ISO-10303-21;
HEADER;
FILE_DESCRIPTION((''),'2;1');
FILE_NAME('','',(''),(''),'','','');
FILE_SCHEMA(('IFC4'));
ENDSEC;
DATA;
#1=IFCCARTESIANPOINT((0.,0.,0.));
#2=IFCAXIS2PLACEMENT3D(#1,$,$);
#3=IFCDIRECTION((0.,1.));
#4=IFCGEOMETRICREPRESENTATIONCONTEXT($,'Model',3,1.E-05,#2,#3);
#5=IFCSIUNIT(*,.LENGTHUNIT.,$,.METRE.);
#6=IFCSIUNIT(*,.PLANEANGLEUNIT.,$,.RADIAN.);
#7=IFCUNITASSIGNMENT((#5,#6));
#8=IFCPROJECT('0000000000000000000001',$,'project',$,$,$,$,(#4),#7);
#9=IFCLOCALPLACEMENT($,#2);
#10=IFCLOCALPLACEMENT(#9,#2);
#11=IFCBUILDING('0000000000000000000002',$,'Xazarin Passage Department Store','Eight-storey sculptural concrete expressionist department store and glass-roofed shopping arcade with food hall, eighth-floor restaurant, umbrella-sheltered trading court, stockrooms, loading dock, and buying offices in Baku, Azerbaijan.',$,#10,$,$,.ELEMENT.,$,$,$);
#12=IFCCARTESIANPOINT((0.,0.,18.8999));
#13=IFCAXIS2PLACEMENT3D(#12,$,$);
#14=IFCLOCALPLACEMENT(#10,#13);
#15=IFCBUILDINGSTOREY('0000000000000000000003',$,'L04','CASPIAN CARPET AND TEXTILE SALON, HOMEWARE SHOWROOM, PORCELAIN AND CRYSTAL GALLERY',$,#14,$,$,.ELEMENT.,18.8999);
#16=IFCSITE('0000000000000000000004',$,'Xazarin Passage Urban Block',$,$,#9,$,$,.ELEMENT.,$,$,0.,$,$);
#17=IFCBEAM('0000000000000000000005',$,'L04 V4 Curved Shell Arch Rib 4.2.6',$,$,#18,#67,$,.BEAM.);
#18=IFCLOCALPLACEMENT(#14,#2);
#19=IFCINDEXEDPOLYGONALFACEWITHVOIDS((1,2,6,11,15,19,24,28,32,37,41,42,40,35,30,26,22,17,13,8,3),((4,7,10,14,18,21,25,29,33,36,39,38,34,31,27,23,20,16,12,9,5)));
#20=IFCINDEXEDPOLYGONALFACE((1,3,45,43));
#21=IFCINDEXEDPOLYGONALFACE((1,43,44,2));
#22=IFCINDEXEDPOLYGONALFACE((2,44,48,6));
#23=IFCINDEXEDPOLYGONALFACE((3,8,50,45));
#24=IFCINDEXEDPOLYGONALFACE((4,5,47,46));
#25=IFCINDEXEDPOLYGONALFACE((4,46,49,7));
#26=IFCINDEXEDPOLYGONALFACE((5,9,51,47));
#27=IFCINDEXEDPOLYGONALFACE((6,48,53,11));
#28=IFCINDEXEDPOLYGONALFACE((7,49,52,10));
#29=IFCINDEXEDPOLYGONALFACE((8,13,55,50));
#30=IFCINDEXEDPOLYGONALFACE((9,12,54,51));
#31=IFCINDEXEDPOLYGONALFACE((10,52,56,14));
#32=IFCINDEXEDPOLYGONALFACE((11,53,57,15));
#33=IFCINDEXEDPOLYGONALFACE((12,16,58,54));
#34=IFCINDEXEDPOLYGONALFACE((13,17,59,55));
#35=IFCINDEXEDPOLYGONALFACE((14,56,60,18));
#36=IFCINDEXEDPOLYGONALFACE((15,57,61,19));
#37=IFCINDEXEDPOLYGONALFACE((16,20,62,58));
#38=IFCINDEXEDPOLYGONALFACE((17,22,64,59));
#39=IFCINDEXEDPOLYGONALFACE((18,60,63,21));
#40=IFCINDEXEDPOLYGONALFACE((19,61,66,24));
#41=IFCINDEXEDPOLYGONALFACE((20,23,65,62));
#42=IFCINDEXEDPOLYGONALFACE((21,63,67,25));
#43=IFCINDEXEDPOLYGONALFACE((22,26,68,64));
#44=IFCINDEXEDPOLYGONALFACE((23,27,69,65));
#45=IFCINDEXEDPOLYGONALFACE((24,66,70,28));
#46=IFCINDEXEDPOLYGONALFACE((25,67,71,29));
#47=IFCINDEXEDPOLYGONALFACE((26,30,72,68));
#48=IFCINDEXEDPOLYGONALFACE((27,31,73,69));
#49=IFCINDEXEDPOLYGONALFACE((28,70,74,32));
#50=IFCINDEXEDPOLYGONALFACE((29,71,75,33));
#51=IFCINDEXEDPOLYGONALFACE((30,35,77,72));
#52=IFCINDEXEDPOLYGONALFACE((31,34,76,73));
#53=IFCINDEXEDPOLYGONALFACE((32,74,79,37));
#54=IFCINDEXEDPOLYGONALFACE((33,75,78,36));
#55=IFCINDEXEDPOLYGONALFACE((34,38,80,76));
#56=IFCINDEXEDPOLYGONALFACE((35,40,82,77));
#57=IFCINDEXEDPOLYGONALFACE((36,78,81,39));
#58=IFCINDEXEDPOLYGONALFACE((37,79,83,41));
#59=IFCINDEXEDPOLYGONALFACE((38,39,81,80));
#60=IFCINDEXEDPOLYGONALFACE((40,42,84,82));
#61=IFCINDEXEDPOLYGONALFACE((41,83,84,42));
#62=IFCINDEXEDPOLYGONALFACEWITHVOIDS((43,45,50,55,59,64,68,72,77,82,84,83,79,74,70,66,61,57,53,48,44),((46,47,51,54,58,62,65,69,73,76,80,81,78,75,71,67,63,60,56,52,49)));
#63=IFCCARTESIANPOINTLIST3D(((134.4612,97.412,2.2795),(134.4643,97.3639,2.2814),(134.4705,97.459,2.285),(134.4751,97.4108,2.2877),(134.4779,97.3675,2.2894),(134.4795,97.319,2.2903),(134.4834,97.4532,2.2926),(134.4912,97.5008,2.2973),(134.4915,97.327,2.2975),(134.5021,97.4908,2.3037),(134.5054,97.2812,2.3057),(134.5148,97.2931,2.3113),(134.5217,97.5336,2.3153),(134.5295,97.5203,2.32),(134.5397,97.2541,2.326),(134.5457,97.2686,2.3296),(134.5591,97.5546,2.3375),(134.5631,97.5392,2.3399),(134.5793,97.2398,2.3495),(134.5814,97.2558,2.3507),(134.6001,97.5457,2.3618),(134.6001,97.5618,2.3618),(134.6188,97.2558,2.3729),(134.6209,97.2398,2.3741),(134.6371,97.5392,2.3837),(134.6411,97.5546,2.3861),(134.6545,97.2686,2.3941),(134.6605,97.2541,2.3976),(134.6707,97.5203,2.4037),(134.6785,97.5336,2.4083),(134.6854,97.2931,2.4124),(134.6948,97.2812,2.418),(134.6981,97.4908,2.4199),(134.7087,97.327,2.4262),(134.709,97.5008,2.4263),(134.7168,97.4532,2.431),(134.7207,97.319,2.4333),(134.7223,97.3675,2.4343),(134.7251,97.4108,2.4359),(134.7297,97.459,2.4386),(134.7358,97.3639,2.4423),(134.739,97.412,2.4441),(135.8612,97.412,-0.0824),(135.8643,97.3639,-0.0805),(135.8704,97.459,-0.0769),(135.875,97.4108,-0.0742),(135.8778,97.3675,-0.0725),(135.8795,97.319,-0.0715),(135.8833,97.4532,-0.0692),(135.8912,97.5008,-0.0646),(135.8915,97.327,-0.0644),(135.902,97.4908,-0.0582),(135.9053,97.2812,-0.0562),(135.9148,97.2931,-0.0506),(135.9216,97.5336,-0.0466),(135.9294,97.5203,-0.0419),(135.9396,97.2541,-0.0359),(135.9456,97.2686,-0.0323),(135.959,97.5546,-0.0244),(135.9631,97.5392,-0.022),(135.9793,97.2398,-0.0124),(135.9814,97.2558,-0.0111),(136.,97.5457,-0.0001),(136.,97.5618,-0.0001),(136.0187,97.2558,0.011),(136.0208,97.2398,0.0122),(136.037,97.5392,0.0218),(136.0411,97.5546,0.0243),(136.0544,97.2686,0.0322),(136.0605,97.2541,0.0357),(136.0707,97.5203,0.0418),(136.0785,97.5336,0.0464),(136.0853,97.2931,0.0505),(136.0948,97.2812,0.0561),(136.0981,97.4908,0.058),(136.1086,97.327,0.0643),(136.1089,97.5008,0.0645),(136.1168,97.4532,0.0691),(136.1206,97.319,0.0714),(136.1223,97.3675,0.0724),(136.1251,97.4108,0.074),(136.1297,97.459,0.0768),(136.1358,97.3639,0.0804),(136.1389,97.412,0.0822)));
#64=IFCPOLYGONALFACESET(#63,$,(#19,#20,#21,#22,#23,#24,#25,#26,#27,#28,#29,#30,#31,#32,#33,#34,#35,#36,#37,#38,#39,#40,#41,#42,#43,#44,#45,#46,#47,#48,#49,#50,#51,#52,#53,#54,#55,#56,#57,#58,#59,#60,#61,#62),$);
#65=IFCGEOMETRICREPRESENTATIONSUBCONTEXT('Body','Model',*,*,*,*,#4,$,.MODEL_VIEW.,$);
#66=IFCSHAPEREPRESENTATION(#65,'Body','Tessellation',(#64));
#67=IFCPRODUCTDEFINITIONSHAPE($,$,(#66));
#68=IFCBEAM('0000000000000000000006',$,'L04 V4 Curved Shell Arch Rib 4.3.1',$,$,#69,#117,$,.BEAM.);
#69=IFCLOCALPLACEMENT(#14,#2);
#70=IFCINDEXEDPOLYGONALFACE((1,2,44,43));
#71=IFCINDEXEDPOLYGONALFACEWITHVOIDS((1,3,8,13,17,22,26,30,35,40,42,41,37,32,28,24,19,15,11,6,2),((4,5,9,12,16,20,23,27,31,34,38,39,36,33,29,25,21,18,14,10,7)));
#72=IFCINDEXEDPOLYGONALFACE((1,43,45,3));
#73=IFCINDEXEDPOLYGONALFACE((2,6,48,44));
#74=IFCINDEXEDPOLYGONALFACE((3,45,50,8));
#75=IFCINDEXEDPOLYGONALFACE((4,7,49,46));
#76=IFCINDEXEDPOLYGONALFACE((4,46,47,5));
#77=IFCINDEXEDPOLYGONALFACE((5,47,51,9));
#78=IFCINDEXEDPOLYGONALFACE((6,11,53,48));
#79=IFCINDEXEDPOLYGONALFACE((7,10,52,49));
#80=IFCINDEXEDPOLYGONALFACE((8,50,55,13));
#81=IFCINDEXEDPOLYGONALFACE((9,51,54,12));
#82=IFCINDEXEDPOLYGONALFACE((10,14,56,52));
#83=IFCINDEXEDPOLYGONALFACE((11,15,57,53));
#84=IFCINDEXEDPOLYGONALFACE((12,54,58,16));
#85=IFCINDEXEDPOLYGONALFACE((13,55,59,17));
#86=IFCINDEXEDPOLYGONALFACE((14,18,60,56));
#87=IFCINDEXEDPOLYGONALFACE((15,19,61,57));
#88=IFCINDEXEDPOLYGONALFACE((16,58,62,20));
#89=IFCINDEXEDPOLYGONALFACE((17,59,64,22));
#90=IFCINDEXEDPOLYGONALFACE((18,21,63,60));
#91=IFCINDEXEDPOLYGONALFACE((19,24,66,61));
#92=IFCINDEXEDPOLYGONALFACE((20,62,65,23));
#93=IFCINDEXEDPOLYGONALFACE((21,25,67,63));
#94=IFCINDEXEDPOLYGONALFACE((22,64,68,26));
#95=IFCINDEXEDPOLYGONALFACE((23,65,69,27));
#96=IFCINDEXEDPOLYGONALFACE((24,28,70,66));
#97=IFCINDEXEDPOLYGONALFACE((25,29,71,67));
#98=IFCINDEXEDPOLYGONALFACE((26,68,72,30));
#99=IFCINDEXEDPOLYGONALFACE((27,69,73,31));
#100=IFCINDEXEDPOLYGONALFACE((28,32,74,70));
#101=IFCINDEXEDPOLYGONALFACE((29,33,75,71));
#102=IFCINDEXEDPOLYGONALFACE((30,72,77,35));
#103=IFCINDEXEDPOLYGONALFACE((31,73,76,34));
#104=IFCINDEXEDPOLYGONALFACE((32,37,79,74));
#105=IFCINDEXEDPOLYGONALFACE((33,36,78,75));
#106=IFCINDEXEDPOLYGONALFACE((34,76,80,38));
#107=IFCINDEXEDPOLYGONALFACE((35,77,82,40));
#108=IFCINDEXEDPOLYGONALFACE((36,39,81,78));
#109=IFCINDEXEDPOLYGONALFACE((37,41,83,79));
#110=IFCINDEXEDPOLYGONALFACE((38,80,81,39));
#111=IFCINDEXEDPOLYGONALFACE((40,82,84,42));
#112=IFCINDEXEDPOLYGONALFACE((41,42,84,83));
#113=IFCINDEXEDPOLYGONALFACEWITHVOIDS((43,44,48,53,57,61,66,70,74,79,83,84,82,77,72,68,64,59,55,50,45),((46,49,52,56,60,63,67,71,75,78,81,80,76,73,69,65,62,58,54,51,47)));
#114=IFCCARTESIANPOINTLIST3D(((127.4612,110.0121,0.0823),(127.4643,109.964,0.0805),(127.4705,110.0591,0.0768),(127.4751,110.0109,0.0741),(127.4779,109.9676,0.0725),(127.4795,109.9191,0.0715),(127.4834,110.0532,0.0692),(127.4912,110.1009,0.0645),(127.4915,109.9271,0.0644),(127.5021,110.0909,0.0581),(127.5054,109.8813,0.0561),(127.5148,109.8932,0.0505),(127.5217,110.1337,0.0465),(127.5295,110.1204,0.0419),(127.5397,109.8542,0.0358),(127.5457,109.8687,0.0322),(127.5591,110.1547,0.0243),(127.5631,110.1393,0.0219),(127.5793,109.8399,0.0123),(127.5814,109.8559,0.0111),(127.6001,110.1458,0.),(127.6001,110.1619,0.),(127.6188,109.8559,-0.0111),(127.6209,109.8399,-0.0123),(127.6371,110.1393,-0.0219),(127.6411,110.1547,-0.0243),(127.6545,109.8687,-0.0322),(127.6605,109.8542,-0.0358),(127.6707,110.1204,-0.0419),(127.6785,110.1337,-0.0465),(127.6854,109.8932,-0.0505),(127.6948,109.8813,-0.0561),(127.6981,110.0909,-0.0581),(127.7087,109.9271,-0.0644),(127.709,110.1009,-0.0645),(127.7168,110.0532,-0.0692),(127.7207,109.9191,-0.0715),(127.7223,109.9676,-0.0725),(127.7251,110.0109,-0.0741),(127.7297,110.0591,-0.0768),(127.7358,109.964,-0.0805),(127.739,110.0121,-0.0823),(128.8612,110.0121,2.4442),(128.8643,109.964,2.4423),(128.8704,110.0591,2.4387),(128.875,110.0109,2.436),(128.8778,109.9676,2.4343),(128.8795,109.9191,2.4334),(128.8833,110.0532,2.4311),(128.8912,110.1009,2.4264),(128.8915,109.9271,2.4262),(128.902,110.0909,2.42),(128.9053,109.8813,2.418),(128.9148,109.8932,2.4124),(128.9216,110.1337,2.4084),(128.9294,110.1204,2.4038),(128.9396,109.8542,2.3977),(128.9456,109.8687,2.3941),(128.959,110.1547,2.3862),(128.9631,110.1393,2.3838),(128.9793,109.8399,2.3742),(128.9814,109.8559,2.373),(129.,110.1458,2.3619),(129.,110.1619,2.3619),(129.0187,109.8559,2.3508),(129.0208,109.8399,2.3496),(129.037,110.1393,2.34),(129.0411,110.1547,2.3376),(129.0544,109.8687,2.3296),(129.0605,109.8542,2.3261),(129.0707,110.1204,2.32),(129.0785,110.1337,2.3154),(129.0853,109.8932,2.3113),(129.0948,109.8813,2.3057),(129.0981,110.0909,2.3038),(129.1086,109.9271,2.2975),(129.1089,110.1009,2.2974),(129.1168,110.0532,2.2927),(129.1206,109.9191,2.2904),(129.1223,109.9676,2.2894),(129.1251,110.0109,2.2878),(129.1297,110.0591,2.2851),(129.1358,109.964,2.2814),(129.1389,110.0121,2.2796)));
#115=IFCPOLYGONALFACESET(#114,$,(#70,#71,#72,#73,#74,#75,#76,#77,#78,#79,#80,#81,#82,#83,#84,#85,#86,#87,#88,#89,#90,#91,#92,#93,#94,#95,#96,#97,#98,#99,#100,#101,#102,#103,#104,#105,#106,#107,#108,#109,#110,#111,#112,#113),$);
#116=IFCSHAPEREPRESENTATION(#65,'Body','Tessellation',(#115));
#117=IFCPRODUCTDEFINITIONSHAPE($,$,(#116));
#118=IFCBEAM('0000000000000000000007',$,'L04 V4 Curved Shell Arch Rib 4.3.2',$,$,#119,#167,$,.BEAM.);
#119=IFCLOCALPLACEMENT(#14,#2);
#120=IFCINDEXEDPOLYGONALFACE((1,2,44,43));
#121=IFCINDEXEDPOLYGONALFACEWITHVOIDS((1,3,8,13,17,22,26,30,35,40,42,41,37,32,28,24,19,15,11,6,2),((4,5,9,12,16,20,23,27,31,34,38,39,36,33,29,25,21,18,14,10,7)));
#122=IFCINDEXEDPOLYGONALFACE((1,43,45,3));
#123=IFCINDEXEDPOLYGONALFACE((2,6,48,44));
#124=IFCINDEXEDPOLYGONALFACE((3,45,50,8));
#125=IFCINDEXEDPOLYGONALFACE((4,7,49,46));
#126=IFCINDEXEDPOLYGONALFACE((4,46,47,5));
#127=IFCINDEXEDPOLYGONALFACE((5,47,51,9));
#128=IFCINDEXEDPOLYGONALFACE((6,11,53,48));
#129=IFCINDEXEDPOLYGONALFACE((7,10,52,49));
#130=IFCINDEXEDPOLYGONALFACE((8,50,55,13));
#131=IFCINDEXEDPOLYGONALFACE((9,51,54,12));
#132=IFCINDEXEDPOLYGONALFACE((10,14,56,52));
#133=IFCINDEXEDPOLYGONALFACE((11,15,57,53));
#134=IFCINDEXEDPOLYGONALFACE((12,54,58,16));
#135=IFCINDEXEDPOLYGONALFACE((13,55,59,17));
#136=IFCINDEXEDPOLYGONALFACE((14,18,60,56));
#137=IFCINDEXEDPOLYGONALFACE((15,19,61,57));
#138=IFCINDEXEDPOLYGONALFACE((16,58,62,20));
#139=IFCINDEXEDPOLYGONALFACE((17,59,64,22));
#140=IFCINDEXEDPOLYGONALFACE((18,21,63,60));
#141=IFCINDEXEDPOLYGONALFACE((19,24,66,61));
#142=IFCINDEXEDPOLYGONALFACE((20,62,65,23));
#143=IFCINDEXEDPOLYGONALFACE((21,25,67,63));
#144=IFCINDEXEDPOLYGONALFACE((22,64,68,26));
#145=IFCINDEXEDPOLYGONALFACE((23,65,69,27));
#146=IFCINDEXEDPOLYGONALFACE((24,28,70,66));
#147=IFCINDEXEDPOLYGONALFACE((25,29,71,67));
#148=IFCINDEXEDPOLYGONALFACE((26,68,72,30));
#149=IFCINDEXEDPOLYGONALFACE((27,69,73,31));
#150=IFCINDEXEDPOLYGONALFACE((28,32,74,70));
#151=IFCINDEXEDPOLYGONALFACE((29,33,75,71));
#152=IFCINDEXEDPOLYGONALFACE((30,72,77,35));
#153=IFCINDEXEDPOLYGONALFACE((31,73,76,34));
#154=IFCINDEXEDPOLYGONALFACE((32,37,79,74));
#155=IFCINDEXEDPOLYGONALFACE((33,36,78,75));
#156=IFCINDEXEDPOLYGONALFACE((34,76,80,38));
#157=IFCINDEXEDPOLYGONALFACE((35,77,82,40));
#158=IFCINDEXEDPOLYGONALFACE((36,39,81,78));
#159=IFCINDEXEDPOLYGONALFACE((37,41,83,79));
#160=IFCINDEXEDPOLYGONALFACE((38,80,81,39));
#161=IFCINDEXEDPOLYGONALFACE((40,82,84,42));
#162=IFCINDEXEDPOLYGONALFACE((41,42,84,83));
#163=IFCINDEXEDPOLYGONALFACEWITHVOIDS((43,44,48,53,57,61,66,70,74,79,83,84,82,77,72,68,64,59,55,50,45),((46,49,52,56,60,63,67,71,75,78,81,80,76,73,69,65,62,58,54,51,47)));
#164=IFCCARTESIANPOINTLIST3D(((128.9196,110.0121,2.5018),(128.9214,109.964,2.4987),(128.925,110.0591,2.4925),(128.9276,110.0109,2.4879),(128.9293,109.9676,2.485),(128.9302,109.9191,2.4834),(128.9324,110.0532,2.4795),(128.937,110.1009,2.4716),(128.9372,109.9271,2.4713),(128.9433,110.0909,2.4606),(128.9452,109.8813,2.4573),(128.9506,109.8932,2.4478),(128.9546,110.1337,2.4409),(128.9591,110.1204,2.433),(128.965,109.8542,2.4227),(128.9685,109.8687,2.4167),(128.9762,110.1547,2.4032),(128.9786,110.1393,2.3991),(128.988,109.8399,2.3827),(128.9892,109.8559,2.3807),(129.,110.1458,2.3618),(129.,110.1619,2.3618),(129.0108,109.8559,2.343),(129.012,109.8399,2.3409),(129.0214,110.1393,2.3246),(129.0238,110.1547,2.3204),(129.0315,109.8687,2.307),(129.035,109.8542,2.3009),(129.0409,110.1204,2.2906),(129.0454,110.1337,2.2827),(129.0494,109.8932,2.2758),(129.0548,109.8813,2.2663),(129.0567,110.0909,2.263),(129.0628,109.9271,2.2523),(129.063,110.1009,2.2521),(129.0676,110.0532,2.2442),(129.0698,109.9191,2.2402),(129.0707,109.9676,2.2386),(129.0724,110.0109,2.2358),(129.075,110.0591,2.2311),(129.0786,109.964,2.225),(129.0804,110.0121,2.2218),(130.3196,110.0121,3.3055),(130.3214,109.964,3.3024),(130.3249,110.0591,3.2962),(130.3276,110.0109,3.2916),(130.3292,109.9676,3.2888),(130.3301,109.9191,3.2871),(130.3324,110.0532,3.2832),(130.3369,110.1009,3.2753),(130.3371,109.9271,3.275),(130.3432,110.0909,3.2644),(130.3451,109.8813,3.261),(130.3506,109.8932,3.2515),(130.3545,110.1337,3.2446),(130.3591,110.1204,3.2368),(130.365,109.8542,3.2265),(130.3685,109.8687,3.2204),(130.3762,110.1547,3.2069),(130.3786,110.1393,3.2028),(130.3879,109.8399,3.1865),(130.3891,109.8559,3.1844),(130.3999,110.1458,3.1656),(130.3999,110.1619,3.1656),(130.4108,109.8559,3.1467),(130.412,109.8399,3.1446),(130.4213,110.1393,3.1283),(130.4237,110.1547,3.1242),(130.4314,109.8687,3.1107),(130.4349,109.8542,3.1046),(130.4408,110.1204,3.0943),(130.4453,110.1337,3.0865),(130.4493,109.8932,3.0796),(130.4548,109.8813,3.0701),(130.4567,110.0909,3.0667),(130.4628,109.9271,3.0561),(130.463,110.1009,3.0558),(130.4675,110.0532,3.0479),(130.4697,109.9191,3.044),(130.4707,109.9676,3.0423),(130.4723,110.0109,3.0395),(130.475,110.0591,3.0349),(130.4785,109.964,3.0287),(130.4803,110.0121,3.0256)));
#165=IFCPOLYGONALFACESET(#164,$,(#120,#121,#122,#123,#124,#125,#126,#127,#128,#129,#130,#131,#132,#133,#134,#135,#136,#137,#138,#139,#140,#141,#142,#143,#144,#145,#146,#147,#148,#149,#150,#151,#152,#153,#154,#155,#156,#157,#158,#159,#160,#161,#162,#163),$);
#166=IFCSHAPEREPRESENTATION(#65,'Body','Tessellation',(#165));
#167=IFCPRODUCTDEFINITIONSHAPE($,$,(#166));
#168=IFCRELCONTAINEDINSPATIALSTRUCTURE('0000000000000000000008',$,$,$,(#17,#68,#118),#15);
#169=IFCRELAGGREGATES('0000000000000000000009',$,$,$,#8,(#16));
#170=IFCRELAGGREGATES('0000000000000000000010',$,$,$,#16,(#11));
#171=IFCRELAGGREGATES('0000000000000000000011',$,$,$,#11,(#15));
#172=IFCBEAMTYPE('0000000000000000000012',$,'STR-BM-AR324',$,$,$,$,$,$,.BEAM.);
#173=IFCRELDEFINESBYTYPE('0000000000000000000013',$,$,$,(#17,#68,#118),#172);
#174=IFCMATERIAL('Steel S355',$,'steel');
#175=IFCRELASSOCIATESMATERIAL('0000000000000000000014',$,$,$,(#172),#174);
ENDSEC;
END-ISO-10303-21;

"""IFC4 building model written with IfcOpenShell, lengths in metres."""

from ifc_helpers import new_model, si_unit, direction, frame, origin, origin_2d, place, context, subcontext, project, spatial, hollow_circle, extrude, material, material_profile, profile_set, type_object, element, save


model = new_model("IFC4")

# Units and contexts
model_context = context("Model", 3, precision=1e-05, world=origin(), true_north=direction((0.0, 1.0)))
body_context = subcontext(model_context, "Body", "Model", "MODEL_VIEW")
ifc_project = project(units=[si_unit("LENGTHUNIT", "METRE"), si_unit("PLANEANGLEUNIT", "RADIAN")], contexts=[model_context])

# Site, building, storey
site_placement = place(None, origin())
site = spatial("IfcSite", under=ifc_project, at=site_placement, Name="Xazarin Passage Urban Block", CompositionType="ELEMENT", RefElevation=0.0)
building_placement = place(site_placement, origin())
building = spatial("IfcBuilding", under=site, at=building_placement, Name="Xazarin Passage Department Store", Description="Eight-storey sculptural concrete expressionist department store and glass-roofed shopping arcade with food hall, eighth-floor restaurant, umbrella-sheltered trading court, stockrooms, loading dock, and buying offices in Baku, Azerbaijan.", CompositionType="ELEMENT")
storey_placement = place(building_placement, frame((0.0, 0.0, 18.8999)))
storey = spatial("IfcBuildingStorey", under=building, at=storey_placement, Name="L04", Description="CASPIAN CARPET AND TEXTILE SALON, HOMEWARE SHOWROOM, PORCELAIN AND CRYSTAL GALLERY", CompositionType="ELEMENT", Elevation=18.8999)

# Beams
ifc_material_1 = material(Name="Steel S355", Category="steel")
ifc_material_profile_1 = material_profile(ifc_material_1, hollow_circle(Radius=0.1619, WallThickness=0.0161, at=origin_2d()), Name="CHS 323.9x16")
ifc_profile_set_1 = profile_set([ifc_material_profile_1], Name="Steel S355")
beam_type_1 = type_object("IfcBeamType", Name="STR-BM-AR324", PredefinedType="BEAM", material=ifc_profile_set_1)
for number, where, z_axis, x_axis, name in (
    (1, (134.6001, 97.3999, 2.3618), (0.509885, 0.0, -0.860242), (0.0, 1.0, 0.0), "L04 V4 Curved Shell Arch Rib 4.2.6"),
    (2, (127.6001, 110.0, 0.0), (0.509885, 0.0, 0.860242), (0.0, 1.0, 0.0), "L04 V4 Curved Shell Arch Rib 4.3.1"),
):
    element("IfcBeam", number, at=place(storey_placement, frame(where, z_axis=z_axis, x_axis=x_axis)), inside=storey, type_object=beam_type_1, Name=name, PredefinedType="BEAM", context=body_context, shape_type="SweptSolid", body=[
        extrude(hollow_circle(Radius=0.1619, WallThickness=0.0161, at=origin_2d()), origin(), (0.0, 0.0, 1.0), 2.7456),
    ])
beam_1_placement = place(storey_placement, frame((129.0, 110.0, 2.3618), z_axis=(0.867236, 0.0, 0.497897), x_axis=(0.0, 1.0, 0.0)))
element("IfcBeam", 3, at=beam_1_placement, inside=storey, type_object=beam_type_1, Name="L04 V4 Curved Shell Arch Rib 4.3.2", PredefinedType="BEAM", context=body_context, shape_type="SweptSolid", body=[
    extrude(hollow_circle(Radius=0.1619, WallThickness=0.0161, at=origin_2d()), origin(), (0.0, 0.0, 1.0), 1.6143),
])

save(model, "model.ifc")
